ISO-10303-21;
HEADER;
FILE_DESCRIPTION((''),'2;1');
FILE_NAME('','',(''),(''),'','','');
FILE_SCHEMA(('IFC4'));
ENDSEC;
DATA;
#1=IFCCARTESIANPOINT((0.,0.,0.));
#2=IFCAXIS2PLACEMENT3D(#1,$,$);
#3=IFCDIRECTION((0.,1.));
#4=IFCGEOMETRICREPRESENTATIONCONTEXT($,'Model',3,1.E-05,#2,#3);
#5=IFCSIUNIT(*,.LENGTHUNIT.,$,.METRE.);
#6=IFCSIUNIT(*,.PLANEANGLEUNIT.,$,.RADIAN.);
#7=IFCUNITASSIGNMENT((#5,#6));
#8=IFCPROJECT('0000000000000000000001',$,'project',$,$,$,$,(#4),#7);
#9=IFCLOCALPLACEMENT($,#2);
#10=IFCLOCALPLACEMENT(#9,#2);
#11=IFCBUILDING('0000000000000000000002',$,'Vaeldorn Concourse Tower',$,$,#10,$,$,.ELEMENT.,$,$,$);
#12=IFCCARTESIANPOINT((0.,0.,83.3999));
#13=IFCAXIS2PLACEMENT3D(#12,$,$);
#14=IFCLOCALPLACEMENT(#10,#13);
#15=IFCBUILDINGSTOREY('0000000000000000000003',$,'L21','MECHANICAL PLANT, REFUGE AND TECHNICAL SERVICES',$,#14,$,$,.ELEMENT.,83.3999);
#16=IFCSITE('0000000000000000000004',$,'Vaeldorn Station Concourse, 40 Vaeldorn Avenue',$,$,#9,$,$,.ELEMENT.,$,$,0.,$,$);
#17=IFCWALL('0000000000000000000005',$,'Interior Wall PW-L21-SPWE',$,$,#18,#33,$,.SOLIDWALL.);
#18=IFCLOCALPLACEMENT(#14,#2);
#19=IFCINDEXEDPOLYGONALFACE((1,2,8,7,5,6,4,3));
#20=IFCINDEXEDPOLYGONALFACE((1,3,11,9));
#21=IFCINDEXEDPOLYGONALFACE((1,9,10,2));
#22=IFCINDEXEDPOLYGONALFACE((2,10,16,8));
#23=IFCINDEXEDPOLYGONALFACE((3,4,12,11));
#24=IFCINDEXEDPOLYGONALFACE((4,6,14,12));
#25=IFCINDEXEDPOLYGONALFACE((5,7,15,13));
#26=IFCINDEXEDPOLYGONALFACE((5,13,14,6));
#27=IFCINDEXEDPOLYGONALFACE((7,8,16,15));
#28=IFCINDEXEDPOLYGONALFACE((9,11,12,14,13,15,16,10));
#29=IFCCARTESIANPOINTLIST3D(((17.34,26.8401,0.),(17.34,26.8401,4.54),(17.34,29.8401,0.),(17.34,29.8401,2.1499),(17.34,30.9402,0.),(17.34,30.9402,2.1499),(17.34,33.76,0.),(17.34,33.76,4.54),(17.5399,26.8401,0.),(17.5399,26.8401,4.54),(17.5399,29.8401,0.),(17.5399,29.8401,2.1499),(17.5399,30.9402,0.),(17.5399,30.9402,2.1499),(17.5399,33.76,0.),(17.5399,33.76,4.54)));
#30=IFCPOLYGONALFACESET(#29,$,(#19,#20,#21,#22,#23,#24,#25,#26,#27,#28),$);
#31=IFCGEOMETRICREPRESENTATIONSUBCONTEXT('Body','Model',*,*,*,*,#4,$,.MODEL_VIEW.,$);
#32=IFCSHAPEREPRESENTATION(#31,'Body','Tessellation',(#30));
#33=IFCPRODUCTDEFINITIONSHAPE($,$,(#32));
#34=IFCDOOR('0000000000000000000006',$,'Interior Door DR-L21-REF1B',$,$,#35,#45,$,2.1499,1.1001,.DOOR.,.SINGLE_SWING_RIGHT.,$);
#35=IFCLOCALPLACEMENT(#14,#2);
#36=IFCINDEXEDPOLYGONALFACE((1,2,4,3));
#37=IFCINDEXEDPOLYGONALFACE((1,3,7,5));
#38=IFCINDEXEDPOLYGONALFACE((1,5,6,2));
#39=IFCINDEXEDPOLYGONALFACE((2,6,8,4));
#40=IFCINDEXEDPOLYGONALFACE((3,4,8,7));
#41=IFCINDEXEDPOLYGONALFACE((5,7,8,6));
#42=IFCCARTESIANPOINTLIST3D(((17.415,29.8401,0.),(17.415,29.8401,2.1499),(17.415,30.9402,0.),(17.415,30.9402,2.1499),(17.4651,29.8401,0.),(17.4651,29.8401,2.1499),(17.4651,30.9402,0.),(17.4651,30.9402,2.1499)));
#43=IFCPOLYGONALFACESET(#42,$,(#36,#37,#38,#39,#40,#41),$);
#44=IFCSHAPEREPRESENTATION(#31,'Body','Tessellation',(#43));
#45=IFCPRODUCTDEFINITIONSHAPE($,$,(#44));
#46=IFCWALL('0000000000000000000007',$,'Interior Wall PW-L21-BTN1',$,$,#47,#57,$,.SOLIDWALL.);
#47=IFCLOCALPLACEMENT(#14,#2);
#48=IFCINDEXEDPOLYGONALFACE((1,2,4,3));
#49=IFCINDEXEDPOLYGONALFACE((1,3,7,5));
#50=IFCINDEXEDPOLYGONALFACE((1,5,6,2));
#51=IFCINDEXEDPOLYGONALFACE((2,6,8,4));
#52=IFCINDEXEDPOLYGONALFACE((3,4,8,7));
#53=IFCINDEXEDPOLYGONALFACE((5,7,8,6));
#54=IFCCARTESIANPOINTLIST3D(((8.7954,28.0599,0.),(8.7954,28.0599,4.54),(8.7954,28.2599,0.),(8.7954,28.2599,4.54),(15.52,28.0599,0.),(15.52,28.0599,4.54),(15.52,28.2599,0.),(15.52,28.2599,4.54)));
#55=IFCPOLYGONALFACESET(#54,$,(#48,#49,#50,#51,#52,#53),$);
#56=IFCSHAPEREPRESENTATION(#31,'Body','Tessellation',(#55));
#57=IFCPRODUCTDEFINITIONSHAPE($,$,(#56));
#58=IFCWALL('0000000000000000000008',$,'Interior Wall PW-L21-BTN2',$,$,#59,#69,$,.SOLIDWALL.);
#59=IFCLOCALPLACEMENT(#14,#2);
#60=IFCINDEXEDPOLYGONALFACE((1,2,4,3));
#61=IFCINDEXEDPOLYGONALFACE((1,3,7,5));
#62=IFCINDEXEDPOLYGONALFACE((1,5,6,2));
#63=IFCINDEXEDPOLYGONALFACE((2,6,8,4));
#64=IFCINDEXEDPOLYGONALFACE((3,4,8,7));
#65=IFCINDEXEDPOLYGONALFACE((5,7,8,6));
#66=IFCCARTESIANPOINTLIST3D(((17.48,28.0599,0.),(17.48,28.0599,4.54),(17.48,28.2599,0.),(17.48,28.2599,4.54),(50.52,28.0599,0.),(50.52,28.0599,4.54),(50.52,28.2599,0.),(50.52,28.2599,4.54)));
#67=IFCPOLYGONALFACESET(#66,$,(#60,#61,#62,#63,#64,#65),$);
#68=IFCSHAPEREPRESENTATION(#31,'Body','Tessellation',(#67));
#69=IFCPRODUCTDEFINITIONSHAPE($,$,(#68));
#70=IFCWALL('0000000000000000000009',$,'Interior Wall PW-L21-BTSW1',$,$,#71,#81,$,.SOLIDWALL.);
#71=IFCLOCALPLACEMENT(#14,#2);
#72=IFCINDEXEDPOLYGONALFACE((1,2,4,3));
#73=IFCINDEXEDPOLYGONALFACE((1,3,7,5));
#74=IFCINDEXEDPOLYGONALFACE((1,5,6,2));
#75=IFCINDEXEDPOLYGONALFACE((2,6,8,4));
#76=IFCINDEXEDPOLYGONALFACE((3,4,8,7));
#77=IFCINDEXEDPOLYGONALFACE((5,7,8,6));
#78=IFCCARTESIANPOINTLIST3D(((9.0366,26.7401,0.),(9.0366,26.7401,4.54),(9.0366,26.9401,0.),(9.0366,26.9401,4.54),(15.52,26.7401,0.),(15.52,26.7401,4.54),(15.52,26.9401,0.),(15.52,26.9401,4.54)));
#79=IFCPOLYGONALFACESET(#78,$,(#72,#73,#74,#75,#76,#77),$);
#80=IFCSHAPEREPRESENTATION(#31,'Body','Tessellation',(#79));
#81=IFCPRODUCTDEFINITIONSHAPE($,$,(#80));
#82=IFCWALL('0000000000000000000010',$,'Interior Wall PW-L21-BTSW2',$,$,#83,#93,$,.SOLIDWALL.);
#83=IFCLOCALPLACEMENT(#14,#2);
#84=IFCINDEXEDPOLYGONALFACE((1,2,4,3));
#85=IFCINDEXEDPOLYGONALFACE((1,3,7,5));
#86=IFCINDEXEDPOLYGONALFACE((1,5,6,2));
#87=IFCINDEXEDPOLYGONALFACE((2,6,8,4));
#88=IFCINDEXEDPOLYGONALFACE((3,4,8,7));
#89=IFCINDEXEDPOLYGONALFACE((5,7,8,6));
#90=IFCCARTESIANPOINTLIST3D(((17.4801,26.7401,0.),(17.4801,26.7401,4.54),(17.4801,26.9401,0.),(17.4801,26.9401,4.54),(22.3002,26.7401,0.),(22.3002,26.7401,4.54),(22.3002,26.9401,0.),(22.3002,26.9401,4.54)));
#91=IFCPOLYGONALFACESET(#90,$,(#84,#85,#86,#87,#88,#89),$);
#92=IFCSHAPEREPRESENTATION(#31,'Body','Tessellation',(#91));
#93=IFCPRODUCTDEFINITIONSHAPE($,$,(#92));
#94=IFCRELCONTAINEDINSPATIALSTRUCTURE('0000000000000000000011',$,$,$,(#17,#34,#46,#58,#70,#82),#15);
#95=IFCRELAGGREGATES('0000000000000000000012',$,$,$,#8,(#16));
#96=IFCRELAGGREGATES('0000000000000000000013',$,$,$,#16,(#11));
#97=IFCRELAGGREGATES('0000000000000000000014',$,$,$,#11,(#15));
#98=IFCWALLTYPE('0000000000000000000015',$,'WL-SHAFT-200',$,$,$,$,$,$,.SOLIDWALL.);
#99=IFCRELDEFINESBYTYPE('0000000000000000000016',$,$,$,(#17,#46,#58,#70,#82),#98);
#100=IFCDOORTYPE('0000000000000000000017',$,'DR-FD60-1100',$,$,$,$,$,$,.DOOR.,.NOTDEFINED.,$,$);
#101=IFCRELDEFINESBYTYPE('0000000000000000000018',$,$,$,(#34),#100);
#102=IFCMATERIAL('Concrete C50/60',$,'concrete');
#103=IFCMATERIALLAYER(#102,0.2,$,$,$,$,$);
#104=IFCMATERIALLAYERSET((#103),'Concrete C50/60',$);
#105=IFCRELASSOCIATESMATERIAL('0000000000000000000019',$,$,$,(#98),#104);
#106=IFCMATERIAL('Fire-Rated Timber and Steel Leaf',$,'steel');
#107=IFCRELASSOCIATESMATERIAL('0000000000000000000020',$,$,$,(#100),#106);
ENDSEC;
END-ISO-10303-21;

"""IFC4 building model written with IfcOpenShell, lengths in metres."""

from ifc_helpers import new_model, si_unit, direction, frame, frame_2d, origin, place, context, subcontext, project, spatial, rectangle, extrude, source, transform, mapped, material, layer, layer_set, type_object, element, fill, save


model = new_model("IFC4")

# Units and contexts
model_context = context("Model", 3, precision=1e-05, world=origin(), true_north=direction((0.0, 1.0)))
body_context = subcontext(model_context, "Body", "Model", "MODEL_VIEW")
ifc_project = project(units=[si_unit("LENGTHUNIT", "METRE"), si_unit("PLANEANGLEUNIT", "RADIAN")], contexts=[model_context])

# Site, building, storey
site_placement = place(None, origin())
site = spatial("IfcSite", under=ifc_project, at=site_placement, Name="Vaeldorn Station Concourse, 40 Vaeldorn Avenue", CompositionType="ELEMENT", RefElevation=0.0)
building_placement = place(site_placement, origin())
building = spatial("IfcBuilding", under=site, at=building_placement, Name="Vaeldorn Concourse Tower", CompositionType="ELEMENT")
storey_placement = place(building_placement, frame((0.0, 0.0, 83.3999)))
storey = spatial("IfcBuildingStorey", under=building, at=storey_placement, Name="L21", Description="MECHANICAL PLANT, REFUGE AND TECHNICAL SERVICES", CompositionType="ELEMENT", Elevation=83.3999)

# Shared definitions
ifc_material_1 = material(Name="Concrete C50/60", Category="concrete")
ifc_layer_1 = layer(ifc_material_1, 0.2)
ifc_layer_set_1 = layer_set([ifc_layer_1], Name="Concrete C50/60")
wall_type = type_object("IfcWallType", Name="WL-SHAFT-200", PredefinedType="SOLIDWALL", material=ifc_layer_set_1)

# Wall, opening, door
wall_1_placement = place(storey_placement, frame((17.4399, 26.8401, 0.0), z_axis=(0.0, 0.0, 1.0), x_axis=(0.0, 1.0, 0.0)))
wall_1 = element("IfcWall", 1, at=wall_1_placement, inside=storey, type_object=wall_type, Name="Interior Wall PW-L21-SPWE", PredefinedType="SOLIDWALL", context=body_context, shape_type="SweptSolid", body=[
    extrude(rectangle(XDim=6.9199, YDim=0.2, at=frame_2d((3.46, 0.0))), origin(), (0.0, 0.0, 1.0), 4.54),
])
opening_1_placement = place(wall_1_placement, frame((3.0, 0.0, 0.0)))
opening_1 = element("IfcOpeningElement", 2, at=opening_1_placement, cuts=wall_1, PredefinedType="OPENING", context=body_context, shape_type="SweptSolid", body=[
    extrude(rectangle(XDim=1.1001, YDim=2.1499, at=frame_2d((0.55, 1.075))), frame((0.0, 0.1099, 0.0), z_axis=(0.0, -1.0, 0.0), x_axis=(1.0, 0.0, 0.0)), (0.0, 0.0, 1.0), 0.22),
])
ifc_material_2 = material(Name="Fire-Rated Timber and Steel Leaf", Category="steel")
door_type = type_object("IfcDoorType", Name="DR-FD60-1100", OperationType="NOTDEFINED", PredefinedType="DOOR", material=ifc_material_2)
shared_shape_1 = source(origin(), body_context, "Body", "SweptSolid", [
    extrude(rectangle(XDim=1.1001, YDim=2.1499, at=frame_2d((0.55, 1.075))), frame((0.0, 0.0249, 0.0), z_axis=(0.0, -1.0, 0.0), x_axis=(1.0, 0.0, 0.0)), (0.0, 0.0, 1.0), 0.05),
])
door_1_placement = place(opening_1_placement, origin())
door_1 = element("IfcDoor", 3, at=door_1_placement, inside=storey, type_object=door_type, Name="Interior Door DR-L21-REF1B", OperationType="SINGLE_SWING_RIGHT", OverallHeight=2.1499, OverallWidth=1.1001, PredefinedType="DOOR", context=body_context, shape_type="MappedRepresentation", body=[
    mapped(shared_shape_1, transform((0.0, 0.0, 0.0), scale=1.0)),
])
fill(opening_1, door_1)

# Walls
wall_2_placement = place(storey_placement, frame((8.7954, 28.1599, 0.0), z_axis=(0.0, 0.0, 1.0), x_axis=(1.0, 0.0, 0.0)))
element("IfcWall", 4, at=wall_2_placement, inside=storey, type_object=wall_type, Name="Interior Wall PW-L21-BTN1", PredefinedType="SOLIDWALL", context=body_context, shape_type="SweptSolid", body=[
    extrude(rectangle(XDim=6.7246, YDim=0.2, at=frame_2d((3.3623, 0.0))), origin(), (0.0, 0.0, 1.0), 4.54),
])
wall_3_placement = place(storey_placement, frame((17.48, 28.1599, 0.0), z_axis=(0.0, 0.0, 1.0), x_axis=(1.0, 0.0, 0.0)))
element("IfcWall", 5, at=wall_3_placement, inside=storey, type_object=wall_type, Name="Interior Wall PW-L21-BTN2", PredefinedType="SOLIDWALL", context=body_context, shape_type="SweptSolid", body=[
    extrude(rectangle(XDim=33.04, YDim=0.2, at=frame_2d((16.52, 0.0))), origin(), (0.0, 0.0, 1.0), 4.54),
])
wall_4_placement = place(storey_placement, frame((9.0366, 26.8401, 0.0), z_axis=(0.0, 0.0, 1.0), x_axis=(1.0, 0.0, 0.0)))
element("IfcWall", 6, at=wall_4_placement, inside=storey, type_object=wall_type, Name="Interior Wall PW-L21-BTSW1", PredefinedType="SOLIDWALL", context=body_context, shape_type="SweptSolid", body=[
    extrude(rectangle(XDim=6.4834, YDim=0.2, at=frame_2d((3.2417, 0.0))), origin(), (0.0, 0.0, 1.0), 4.54),
])
wall_5_placement = place(storey_placement, frame((17.48, 26.8401, 0.0), z_axis=(0.0, 0.0, 1.0), x_axis=(1.0, 0.0, 0.0)))
element("IfcWall", 7, at=wall_5_placement, inside=storey, type_object=wall_type, Name="Interior Wall PW-L21-BTSW2", PredefinedType="SOLIDWALL", context=body_context, shape_type="SweptSolid", body=[
    extrude(rectangle(XDim=4.8201, YDim=0.2, at=frame_2d((2.4102, 0.0))), origin(), (0.0, 0.0, 1.0), 4.54),
])

save(model, "model.ifc")
